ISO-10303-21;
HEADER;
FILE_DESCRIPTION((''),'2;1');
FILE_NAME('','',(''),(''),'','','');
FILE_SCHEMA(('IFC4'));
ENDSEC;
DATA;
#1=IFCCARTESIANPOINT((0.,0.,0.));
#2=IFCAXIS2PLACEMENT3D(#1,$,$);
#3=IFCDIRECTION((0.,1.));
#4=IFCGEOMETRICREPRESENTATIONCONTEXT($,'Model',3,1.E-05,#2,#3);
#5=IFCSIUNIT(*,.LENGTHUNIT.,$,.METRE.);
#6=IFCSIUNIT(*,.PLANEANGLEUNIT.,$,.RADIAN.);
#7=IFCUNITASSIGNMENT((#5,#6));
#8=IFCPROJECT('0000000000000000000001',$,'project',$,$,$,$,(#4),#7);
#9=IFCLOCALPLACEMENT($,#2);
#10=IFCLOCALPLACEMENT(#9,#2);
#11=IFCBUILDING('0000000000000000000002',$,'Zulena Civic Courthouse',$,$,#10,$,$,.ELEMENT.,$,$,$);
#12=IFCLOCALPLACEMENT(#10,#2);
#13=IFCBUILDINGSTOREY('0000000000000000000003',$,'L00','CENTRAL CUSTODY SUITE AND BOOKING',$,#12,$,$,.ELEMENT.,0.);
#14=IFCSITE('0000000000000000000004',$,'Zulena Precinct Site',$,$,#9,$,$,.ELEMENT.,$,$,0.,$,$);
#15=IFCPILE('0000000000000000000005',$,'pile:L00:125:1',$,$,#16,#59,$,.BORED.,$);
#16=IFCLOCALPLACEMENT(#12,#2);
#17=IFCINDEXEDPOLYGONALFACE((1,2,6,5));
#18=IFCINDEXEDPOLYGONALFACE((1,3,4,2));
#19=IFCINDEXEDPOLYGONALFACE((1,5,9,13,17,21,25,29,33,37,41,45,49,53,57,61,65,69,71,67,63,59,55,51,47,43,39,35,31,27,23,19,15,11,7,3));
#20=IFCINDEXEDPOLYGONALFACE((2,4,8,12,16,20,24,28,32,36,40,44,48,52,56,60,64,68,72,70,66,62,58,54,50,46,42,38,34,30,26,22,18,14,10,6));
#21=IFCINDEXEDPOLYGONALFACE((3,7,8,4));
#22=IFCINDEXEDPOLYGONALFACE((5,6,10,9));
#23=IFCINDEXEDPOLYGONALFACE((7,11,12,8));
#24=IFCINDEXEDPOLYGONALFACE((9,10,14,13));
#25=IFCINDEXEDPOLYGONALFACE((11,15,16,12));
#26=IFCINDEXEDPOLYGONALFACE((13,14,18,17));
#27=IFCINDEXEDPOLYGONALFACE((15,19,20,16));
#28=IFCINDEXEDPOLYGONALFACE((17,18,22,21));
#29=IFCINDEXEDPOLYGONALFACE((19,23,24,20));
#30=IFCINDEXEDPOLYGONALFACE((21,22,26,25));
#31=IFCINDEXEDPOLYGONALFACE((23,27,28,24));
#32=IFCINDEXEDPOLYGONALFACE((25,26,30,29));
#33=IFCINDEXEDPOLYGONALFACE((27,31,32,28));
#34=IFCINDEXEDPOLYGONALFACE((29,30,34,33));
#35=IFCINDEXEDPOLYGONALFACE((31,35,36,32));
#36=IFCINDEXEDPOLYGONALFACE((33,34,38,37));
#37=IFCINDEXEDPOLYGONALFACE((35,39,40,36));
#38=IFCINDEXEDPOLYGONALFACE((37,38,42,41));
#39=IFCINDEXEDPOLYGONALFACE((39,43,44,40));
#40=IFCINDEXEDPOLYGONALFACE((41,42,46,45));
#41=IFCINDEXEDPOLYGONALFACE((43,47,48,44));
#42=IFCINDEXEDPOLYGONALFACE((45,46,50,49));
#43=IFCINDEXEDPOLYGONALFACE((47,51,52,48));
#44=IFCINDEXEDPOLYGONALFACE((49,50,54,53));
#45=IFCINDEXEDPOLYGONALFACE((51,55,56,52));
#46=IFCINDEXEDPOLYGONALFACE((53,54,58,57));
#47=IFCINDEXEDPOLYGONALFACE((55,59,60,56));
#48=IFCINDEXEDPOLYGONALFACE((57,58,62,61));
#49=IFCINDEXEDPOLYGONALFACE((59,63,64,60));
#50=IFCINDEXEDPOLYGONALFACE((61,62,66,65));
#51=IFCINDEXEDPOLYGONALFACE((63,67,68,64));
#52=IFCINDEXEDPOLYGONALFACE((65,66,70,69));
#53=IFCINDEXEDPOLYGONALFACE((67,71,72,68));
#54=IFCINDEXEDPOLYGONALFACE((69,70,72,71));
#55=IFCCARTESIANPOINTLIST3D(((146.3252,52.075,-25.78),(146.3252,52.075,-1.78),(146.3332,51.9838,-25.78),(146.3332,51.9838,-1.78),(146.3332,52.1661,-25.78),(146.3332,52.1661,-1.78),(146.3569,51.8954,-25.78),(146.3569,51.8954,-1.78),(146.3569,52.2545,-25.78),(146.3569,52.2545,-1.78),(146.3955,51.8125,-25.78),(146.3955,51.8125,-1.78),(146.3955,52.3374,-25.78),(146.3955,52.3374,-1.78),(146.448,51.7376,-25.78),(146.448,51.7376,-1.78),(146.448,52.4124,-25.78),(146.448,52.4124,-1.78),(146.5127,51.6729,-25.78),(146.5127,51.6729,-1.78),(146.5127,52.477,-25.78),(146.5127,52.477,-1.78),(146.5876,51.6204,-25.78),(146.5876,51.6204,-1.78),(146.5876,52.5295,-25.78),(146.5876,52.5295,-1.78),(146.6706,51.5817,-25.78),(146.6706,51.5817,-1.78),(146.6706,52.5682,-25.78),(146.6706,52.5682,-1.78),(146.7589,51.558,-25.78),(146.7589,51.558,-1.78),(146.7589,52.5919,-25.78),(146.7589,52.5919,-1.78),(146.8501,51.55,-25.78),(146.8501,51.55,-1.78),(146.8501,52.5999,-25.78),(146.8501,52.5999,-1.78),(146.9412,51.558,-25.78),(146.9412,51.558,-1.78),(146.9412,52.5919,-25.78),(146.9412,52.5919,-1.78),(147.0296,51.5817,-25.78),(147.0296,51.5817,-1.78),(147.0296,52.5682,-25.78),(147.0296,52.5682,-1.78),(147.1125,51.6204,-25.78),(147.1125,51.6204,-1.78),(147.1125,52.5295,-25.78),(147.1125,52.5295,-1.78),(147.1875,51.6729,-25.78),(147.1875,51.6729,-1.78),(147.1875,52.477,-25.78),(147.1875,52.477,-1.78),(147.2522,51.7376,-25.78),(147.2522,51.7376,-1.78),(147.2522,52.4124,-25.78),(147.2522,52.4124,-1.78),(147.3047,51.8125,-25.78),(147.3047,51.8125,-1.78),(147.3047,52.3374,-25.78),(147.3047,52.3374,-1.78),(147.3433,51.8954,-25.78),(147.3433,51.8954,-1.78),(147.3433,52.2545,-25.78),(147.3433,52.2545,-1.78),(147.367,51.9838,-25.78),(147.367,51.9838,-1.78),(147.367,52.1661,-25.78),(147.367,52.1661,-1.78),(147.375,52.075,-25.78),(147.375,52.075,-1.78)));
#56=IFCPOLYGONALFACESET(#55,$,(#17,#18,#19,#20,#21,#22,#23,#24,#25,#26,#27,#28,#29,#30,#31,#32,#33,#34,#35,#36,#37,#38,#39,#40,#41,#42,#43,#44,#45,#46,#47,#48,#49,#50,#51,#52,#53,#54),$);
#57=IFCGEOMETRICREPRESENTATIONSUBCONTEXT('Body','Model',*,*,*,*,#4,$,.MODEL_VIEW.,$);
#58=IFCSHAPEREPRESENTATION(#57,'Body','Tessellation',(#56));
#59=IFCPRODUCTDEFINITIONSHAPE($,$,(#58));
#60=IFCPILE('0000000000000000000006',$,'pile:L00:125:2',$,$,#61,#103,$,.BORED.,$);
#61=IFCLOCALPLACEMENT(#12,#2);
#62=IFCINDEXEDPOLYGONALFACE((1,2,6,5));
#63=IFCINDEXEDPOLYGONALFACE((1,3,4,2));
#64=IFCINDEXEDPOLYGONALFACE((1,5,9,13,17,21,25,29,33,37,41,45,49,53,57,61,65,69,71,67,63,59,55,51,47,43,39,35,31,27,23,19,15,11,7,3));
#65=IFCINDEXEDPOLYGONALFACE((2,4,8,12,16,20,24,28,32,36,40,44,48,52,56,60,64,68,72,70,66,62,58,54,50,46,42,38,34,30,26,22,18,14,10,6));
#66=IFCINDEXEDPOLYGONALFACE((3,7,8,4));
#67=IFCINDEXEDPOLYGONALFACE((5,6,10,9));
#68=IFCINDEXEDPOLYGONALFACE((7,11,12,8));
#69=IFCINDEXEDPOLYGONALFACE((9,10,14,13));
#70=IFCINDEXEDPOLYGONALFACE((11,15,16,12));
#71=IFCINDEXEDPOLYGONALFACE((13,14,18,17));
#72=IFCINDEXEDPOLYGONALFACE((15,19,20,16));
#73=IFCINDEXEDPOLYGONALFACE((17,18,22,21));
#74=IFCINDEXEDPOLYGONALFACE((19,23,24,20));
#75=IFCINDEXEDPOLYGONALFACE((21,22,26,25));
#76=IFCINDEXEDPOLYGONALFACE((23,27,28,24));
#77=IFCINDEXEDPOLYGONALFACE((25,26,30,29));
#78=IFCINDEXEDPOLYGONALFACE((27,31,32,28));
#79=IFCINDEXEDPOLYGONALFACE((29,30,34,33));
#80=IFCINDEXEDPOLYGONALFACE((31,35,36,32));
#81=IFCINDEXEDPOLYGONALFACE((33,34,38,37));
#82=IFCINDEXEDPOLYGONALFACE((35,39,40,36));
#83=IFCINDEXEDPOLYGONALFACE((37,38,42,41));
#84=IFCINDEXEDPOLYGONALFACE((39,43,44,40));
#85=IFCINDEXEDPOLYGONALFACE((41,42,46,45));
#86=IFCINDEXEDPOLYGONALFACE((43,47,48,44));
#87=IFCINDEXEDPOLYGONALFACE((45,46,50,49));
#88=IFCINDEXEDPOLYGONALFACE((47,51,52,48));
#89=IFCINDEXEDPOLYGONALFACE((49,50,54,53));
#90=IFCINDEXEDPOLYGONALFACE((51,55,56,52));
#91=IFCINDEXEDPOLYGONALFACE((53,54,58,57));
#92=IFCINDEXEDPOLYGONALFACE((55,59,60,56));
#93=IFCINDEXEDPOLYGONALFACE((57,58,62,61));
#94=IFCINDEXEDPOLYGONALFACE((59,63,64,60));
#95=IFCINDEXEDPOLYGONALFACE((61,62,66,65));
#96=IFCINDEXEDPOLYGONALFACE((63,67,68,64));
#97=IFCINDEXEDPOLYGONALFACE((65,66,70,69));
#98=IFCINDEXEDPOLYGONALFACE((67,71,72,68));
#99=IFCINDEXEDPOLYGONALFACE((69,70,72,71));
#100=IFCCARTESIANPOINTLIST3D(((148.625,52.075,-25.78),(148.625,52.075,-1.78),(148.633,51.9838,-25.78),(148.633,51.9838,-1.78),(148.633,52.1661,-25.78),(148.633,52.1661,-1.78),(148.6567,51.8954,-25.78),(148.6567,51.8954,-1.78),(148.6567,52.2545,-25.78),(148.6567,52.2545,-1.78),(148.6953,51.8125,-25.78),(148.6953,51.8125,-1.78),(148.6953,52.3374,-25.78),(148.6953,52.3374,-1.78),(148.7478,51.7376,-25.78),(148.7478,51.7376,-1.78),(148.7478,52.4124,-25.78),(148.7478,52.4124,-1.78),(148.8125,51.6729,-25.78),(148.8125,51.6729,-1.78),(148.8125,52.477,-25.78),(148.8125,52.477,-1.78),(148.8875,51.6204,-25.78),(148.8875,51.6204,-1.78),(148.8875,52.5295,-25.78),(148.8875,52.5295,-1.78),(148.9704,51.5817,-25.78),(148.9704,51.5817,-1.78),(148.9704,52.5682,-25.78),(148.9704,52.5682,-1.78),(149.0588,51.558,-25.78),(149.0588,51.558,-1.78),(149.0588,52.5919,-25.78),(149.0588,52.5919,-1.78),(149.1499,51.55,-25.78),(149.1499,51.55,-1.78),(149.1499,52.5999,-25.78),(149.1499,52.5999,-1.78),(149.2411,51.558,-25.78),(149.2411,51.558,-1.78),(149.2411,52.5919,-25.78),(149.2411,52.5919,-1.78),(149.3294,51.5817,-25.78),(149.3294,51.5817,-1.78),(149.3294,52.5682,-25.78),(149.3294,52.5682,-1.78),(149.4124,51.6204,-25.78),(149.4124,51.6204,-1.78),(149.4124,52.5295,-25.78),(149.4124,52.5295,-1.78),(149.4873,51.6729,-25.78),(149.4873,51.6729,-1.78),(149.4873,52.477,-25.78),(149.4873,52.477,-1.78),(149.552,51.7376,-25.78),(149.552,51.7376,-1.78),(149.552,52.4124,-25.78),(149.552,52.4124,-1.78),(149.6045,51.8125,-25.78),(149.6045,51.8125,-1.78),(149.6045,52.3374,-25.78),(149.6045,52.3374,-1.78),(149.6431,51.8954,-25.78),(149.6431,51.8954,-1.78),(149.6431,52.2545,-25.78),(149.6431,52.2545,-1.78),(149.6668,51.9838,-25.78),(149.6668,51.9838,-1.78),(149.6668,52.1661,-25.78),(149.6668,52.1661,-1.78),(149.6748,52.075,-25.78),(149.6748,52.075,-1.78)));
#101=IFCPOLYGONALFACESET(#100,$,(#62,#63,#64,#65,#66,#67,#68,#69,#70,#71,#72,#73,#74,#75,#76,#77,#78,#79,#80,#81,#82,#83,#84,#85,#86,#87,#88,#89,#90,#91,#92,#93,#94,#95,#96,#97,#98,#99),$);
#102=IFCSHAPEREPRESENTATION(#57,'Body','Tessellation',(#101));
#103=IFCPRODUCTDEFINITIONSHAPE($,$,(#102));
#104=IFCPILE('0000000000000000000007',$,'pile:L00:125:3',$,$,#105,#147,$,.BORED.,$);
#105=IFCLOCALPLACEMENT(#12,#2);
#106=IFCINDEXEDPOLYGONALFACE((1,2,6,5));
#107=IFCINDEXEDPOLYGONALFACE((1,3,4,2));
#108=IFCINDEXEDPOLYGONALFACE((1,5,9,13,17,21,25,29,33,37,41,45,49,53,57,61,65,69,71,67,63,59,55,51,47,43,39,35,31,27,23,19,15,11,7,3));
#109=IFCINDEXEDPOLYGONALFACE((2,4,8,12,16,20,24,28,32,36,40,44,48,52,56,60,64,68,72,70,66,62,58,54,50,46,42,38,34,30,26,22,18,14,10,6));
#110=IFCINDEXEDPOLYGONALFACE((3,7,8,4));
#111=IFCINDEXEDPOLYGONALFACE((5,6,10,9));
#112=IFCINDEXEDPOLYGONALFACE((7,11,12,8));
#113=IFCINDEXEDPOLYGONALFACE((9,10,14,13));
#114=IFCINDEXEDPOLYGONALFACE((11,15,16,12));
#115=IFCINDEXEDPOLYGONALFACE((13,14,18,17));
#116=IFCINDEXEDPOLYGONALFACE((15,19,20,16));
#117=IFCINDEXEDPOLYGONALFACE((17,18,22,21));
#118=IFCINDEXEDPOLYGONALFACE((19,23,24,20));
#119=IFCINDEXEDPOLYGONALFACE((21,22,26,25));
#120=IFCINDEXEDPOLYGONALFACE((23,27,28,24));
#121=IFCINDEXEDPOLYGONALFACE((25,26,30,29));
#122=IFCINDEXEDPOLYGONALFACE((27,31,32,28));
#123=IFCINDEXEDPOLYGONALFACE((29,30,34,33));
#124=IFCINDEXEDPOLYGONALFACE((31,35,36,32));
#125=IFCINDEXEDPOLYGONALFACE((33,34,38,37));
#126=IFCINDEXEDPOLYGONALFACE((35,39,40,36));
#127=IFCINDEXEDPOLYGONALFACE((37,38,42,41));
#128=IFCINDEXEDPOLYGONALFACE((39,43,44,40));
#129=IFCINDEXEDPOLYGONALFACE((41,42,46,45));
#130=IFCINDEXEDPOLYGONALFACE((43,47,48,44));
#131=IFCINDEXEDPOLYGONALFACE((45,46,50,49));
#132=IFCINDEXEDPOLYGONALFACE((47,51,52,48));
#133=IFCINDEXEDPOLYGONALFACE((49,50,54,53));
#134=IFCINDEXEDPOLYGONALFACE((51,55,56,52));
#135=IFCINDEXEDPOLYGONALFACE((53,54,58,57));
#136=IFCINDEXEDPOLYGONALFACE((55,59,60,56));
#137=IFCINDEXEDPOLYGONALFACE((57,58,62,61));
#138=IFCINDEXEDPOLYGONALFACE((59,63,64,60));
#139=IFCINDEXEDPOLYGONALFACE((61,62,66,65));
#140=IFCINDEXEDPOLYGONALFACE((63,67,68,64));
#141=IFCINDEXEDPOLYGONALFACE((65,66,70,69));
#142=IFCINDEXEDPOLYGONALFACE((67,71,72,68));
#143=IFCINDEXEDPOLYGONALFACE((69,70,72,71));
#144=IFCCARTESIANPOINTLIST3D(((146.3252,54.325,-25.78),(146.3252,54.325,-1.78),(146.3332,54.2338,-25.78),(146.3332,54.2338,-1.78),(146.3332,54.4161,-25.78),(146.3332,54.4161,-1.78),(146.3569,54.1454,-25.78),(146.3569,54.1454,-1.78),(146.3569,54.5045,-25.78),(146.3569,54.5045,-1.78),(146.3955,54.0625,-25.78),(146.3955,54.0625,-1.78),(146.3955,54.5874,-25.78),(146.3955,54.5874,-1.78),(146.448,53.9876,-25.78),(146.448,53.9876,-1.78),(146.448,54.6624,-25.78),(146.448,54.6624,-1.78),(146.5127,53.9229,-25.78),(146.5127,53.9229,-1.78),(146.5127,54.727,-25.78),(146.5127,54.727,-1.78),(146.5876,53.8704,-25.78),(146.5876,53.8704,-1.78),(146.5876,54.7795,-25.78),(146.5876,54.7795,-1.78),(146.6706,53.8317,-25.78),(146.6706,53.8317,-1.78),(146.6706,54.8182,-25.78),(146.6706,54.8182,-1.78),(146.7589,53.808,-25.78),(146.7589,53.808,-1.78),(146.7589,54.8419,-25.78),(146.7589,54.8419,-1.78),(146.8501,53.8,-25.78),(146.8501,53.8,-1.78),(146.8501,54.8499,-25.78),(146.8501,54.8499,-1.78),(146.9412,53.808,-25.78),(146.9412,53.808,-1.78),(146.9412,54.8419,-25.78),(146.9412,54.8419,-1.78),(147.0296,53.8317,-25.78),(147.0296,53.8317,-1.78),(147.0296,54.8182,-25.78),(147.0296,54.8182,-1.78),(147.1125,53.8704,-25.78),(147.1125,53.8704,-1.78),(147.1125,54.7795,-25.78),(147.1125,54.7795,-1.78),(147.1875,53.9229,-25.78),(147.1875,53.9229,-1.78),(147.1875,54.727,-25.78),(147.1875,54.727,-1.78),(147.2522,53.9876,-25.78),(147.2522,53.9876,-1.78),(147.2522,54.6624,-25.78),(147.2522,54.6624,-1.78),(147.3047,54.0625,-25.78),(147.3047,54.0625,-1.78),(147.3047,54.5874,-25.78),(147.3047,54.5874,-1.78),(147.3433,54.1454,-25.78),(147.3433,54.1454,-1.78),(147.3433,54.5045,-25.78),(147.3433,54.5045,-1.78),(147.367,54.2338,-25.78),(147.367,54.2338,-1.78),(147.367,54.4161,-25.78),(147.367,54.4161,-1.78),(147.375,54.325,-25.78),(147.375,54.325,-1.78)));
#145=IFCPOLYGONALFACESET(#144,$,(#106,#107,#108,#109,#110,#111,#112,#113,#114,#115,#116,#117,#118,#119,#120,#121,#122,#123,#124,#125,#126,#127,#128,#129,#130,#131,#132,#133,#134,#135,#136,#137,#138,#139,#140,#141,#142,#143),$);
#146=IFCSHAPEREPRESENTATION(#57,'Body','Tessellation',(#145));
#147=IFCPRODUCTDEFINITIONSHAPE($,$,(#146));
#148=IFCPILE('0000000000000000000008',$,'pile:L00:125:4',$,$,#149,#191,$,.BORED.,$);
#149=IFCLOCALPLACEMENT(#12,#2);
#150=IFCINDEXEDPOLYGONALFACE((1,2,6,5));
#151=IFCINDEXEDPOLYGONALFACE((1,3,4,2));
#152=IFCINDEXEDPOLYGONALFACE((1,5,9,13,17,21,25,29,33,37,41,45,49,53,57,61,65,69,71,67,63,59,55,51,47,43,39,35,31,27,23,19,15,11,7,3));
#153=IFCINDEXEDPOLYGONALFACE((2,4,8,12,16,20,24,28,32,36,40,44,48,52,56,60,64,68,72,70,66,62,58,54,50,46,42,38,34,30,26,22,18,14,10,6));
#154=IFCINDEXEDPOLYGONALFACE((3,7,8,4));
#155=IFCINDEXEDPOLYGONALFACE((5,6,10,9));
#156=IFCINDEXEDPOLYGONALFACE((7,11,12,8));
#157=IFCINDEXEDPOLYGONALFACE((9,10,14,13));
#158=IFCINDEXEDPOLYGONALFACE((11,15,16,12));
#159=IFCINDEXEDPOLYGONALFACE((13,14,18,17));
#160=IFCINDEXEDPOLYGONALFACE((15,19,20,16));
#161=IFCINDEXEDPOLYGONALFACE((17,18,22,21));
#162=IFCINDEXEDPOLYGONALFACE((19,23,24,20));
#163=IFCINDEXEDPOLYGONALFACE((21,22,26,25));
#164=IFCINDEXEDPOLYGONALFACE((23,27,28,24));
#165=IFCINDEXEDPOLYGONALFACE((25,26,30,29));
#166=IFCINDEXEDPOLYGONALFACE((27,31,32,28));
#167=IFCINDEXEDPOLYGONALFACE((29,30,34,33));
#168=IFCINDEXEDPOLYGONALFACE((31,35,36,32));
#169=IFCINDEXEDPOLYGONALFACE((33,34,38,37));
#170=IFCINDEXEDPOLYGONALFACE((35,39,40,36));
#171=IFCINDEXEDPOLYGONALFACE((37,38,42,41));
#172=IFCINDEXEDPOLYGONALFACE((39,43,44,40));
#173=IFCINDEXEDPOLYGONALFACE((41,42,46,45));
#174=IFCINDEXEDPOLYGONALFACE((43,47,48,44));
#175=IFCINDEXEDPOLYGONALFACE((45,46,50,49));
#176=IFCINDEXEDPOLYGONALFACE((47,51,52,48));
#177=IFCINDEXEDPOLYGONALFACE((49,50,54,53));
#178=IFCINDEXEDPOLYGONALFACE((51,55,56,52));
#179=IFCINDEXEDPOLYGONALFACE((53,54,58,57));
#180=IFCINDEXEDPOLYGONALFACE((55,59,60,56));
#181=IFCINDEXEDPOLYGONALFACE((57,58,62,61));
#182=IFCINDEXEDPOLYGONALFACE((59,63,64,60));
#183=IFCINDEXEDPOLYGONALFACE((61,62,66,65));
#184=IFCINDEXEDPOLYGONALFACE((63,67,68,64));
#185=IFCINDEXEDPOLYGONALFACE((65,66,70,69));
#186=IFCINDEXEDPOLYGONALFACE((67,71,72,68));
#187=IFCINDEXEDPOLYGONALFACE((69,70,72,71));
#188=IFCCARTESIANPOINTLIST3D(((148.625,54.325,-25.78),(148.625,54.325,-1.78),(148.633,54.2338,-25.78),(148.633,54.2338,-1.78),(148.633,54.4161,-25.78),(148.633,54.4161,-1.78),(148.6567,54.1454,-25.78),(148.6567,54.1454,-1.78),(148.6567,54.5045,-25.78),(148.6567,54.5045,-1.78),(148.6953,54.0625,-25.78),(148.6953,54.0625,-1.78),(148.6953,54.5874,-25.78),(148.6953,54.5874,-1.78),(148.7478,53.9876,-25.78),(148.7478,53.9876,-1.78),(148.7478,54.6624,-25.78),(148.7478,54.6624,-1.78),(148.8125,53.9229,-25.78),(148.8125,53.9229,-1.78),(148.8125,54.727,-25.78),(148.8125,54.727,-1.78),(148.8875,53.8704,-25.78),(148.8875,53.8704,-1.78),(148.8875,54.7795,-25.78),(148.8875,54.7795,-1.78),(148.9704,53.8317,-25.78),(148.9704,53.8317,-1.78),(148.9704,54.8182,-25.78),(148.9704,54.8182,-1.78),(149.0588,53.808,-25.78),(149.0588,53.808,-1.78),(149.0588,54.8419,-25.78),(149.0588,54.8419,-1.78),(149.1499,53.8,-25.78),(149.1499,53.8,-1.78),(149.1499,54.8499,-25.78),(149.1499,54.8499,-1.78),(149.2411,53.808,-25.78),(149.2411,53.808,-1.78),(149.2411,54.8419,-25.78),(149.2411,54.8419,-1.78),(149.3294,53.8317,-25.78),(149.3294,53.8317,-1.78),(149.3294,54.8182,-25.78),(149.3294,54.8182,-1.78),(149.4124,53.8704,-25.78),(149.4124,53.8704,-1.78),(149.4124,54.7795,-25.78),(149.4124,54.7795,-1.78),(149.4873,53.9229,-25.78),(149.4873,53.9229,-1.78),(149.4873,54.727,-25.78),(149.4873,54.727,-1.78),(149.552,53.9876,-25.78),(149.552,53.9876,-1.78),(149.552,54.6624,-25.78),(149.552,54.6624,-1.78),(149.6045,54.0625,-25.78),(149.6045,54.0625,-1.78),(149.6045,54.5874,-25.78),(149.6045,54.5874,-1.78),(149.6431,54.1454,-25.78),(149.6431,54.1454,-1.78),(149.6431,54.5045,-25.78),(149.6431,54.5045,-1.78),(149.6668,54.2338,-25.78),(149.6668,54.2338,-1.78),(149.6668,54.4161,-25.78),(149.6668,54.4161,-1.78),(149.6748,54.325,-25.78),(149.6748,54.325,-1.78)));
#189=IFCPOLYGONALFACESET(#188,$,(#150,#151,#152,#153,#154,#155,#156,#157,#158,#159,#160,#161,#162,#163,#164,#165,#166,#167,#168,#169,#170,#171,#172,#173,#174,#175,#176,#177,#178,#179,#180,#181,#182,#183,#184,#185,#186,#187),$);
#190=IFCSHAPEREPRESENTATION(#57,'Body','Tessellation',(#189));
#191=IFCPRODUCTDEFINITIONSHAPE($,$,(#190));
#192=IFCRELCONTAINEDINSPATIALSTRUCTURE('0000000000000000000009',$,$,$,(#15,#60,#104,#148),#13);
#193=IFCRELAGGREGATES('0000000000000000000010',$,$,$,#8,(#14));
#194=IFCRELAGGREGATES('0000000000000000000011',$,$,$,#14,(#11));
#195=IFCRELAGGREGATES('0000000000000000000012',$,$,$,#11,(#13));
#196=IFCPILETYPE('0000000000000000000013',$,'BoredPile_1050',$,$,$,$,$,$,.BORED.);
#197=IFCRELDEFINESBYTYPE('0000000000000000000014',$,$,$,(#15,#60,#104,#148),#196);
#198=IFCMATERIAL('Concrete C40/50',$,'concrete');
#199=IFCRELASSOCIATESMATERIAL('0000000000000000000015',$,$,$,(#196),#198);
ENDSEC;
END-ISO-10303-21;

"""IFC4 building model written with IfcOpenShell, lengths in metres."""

from ifc_helpers import new_model, si_unit, direction, frame, origin, origin_2d, place, context, subcontext, project, spatial, circle, extrude, material, material_profile, profile_set, type_object, element, save


model = new_model("IFC4")

# Units and contexts
model_context = context("Model", 3, precision=1e-05, world=origin(), true_north=direction((0.0, 1.0)))
body_context = subcontext(model_context, "Body", "Model", "MODEL_VIEW")
ifc_project = project(units=[si_unit("LENGTHUNIT", "METRE"), si_unit("PLANEANGLEUNIT", "RADIAN")], contexts=[model_context])

# Site, building, storey
site_placement = place(None, origin())
site = spatial("IfcSite", under=ifc_project, at=site_placement, Name="Zulena Precinct Site", CompositionType="ELEMENT", RefElevation=0.0)
building_placement = place(site_placement, origin())
building = spatial("IfcBuilding", under=site, at=building_placement, Name="Zulena Civic Courthouse", CompositionType="ELEMENT")
storey_placement = place(building_placement, origin())
storey = spatial("IfcBuildingStorey", under=building, at=storey_placement, Name="L00", Description="CENTRAL CUSTODY SUITE AND BOOKING", CompositionType="ELEMENT", Elevation=0.0)

# Piles
ifc_material_1 = material(Name="Concrete C40/50", Category="concrete")
ifc_material_profile_1 = material_profile(ifc_material_1, circle(Radius=0.5249, at=origin_2d()), Name="PILE1050")
ifc_profile_set_1 = profile_set([ifc_material_profile_1], Name="Concrete C40/50")
pile_type_1 = type_object("IfcPileType", Name="BoredPile_1050", PredefinedType="BORED", material=ifc_profile_set_1)
for number, where, z_axis, x_axis, name in (
    (1, (146.8501, 52.075, -1.78), (0.0, 0.0, -1.0), (1.0, 0.0, 0.0), "pile:L00:125:1"),
    (2, (149.1499, 52.075, -1.78), (0.0, 0.0, -1.0), (1.0, 0.0, 0.0), "pile:L00:125:2"),
    (3, (146.8501, 54.325, -1.78), (0.0, 0.0, -1.0), (1.0, 0.0, 0.0), "pile:L00:125:3"),
    (4, (149.1499, 54.325, -1.78), (0.0, 0.0, -1.0), (1.0, 0.0, 0.0), "pile:L00:125:4"),
):
    element("IfcPile", number, at=place(storey_placement, frame(where, z_axis=z_axis, x_axis=x_axis)), inside=storey, type_object=pile_type_1, Name=name, PredefinedType="BORED", context=body_context, shape_type="SweptSolid", body=[
        extrude(circle(Radius=0.5249, at=origin_2d()), origin(), (0.0, 0.0, 1.0), 24.0),
    ])

save(model, "model.ifc")
